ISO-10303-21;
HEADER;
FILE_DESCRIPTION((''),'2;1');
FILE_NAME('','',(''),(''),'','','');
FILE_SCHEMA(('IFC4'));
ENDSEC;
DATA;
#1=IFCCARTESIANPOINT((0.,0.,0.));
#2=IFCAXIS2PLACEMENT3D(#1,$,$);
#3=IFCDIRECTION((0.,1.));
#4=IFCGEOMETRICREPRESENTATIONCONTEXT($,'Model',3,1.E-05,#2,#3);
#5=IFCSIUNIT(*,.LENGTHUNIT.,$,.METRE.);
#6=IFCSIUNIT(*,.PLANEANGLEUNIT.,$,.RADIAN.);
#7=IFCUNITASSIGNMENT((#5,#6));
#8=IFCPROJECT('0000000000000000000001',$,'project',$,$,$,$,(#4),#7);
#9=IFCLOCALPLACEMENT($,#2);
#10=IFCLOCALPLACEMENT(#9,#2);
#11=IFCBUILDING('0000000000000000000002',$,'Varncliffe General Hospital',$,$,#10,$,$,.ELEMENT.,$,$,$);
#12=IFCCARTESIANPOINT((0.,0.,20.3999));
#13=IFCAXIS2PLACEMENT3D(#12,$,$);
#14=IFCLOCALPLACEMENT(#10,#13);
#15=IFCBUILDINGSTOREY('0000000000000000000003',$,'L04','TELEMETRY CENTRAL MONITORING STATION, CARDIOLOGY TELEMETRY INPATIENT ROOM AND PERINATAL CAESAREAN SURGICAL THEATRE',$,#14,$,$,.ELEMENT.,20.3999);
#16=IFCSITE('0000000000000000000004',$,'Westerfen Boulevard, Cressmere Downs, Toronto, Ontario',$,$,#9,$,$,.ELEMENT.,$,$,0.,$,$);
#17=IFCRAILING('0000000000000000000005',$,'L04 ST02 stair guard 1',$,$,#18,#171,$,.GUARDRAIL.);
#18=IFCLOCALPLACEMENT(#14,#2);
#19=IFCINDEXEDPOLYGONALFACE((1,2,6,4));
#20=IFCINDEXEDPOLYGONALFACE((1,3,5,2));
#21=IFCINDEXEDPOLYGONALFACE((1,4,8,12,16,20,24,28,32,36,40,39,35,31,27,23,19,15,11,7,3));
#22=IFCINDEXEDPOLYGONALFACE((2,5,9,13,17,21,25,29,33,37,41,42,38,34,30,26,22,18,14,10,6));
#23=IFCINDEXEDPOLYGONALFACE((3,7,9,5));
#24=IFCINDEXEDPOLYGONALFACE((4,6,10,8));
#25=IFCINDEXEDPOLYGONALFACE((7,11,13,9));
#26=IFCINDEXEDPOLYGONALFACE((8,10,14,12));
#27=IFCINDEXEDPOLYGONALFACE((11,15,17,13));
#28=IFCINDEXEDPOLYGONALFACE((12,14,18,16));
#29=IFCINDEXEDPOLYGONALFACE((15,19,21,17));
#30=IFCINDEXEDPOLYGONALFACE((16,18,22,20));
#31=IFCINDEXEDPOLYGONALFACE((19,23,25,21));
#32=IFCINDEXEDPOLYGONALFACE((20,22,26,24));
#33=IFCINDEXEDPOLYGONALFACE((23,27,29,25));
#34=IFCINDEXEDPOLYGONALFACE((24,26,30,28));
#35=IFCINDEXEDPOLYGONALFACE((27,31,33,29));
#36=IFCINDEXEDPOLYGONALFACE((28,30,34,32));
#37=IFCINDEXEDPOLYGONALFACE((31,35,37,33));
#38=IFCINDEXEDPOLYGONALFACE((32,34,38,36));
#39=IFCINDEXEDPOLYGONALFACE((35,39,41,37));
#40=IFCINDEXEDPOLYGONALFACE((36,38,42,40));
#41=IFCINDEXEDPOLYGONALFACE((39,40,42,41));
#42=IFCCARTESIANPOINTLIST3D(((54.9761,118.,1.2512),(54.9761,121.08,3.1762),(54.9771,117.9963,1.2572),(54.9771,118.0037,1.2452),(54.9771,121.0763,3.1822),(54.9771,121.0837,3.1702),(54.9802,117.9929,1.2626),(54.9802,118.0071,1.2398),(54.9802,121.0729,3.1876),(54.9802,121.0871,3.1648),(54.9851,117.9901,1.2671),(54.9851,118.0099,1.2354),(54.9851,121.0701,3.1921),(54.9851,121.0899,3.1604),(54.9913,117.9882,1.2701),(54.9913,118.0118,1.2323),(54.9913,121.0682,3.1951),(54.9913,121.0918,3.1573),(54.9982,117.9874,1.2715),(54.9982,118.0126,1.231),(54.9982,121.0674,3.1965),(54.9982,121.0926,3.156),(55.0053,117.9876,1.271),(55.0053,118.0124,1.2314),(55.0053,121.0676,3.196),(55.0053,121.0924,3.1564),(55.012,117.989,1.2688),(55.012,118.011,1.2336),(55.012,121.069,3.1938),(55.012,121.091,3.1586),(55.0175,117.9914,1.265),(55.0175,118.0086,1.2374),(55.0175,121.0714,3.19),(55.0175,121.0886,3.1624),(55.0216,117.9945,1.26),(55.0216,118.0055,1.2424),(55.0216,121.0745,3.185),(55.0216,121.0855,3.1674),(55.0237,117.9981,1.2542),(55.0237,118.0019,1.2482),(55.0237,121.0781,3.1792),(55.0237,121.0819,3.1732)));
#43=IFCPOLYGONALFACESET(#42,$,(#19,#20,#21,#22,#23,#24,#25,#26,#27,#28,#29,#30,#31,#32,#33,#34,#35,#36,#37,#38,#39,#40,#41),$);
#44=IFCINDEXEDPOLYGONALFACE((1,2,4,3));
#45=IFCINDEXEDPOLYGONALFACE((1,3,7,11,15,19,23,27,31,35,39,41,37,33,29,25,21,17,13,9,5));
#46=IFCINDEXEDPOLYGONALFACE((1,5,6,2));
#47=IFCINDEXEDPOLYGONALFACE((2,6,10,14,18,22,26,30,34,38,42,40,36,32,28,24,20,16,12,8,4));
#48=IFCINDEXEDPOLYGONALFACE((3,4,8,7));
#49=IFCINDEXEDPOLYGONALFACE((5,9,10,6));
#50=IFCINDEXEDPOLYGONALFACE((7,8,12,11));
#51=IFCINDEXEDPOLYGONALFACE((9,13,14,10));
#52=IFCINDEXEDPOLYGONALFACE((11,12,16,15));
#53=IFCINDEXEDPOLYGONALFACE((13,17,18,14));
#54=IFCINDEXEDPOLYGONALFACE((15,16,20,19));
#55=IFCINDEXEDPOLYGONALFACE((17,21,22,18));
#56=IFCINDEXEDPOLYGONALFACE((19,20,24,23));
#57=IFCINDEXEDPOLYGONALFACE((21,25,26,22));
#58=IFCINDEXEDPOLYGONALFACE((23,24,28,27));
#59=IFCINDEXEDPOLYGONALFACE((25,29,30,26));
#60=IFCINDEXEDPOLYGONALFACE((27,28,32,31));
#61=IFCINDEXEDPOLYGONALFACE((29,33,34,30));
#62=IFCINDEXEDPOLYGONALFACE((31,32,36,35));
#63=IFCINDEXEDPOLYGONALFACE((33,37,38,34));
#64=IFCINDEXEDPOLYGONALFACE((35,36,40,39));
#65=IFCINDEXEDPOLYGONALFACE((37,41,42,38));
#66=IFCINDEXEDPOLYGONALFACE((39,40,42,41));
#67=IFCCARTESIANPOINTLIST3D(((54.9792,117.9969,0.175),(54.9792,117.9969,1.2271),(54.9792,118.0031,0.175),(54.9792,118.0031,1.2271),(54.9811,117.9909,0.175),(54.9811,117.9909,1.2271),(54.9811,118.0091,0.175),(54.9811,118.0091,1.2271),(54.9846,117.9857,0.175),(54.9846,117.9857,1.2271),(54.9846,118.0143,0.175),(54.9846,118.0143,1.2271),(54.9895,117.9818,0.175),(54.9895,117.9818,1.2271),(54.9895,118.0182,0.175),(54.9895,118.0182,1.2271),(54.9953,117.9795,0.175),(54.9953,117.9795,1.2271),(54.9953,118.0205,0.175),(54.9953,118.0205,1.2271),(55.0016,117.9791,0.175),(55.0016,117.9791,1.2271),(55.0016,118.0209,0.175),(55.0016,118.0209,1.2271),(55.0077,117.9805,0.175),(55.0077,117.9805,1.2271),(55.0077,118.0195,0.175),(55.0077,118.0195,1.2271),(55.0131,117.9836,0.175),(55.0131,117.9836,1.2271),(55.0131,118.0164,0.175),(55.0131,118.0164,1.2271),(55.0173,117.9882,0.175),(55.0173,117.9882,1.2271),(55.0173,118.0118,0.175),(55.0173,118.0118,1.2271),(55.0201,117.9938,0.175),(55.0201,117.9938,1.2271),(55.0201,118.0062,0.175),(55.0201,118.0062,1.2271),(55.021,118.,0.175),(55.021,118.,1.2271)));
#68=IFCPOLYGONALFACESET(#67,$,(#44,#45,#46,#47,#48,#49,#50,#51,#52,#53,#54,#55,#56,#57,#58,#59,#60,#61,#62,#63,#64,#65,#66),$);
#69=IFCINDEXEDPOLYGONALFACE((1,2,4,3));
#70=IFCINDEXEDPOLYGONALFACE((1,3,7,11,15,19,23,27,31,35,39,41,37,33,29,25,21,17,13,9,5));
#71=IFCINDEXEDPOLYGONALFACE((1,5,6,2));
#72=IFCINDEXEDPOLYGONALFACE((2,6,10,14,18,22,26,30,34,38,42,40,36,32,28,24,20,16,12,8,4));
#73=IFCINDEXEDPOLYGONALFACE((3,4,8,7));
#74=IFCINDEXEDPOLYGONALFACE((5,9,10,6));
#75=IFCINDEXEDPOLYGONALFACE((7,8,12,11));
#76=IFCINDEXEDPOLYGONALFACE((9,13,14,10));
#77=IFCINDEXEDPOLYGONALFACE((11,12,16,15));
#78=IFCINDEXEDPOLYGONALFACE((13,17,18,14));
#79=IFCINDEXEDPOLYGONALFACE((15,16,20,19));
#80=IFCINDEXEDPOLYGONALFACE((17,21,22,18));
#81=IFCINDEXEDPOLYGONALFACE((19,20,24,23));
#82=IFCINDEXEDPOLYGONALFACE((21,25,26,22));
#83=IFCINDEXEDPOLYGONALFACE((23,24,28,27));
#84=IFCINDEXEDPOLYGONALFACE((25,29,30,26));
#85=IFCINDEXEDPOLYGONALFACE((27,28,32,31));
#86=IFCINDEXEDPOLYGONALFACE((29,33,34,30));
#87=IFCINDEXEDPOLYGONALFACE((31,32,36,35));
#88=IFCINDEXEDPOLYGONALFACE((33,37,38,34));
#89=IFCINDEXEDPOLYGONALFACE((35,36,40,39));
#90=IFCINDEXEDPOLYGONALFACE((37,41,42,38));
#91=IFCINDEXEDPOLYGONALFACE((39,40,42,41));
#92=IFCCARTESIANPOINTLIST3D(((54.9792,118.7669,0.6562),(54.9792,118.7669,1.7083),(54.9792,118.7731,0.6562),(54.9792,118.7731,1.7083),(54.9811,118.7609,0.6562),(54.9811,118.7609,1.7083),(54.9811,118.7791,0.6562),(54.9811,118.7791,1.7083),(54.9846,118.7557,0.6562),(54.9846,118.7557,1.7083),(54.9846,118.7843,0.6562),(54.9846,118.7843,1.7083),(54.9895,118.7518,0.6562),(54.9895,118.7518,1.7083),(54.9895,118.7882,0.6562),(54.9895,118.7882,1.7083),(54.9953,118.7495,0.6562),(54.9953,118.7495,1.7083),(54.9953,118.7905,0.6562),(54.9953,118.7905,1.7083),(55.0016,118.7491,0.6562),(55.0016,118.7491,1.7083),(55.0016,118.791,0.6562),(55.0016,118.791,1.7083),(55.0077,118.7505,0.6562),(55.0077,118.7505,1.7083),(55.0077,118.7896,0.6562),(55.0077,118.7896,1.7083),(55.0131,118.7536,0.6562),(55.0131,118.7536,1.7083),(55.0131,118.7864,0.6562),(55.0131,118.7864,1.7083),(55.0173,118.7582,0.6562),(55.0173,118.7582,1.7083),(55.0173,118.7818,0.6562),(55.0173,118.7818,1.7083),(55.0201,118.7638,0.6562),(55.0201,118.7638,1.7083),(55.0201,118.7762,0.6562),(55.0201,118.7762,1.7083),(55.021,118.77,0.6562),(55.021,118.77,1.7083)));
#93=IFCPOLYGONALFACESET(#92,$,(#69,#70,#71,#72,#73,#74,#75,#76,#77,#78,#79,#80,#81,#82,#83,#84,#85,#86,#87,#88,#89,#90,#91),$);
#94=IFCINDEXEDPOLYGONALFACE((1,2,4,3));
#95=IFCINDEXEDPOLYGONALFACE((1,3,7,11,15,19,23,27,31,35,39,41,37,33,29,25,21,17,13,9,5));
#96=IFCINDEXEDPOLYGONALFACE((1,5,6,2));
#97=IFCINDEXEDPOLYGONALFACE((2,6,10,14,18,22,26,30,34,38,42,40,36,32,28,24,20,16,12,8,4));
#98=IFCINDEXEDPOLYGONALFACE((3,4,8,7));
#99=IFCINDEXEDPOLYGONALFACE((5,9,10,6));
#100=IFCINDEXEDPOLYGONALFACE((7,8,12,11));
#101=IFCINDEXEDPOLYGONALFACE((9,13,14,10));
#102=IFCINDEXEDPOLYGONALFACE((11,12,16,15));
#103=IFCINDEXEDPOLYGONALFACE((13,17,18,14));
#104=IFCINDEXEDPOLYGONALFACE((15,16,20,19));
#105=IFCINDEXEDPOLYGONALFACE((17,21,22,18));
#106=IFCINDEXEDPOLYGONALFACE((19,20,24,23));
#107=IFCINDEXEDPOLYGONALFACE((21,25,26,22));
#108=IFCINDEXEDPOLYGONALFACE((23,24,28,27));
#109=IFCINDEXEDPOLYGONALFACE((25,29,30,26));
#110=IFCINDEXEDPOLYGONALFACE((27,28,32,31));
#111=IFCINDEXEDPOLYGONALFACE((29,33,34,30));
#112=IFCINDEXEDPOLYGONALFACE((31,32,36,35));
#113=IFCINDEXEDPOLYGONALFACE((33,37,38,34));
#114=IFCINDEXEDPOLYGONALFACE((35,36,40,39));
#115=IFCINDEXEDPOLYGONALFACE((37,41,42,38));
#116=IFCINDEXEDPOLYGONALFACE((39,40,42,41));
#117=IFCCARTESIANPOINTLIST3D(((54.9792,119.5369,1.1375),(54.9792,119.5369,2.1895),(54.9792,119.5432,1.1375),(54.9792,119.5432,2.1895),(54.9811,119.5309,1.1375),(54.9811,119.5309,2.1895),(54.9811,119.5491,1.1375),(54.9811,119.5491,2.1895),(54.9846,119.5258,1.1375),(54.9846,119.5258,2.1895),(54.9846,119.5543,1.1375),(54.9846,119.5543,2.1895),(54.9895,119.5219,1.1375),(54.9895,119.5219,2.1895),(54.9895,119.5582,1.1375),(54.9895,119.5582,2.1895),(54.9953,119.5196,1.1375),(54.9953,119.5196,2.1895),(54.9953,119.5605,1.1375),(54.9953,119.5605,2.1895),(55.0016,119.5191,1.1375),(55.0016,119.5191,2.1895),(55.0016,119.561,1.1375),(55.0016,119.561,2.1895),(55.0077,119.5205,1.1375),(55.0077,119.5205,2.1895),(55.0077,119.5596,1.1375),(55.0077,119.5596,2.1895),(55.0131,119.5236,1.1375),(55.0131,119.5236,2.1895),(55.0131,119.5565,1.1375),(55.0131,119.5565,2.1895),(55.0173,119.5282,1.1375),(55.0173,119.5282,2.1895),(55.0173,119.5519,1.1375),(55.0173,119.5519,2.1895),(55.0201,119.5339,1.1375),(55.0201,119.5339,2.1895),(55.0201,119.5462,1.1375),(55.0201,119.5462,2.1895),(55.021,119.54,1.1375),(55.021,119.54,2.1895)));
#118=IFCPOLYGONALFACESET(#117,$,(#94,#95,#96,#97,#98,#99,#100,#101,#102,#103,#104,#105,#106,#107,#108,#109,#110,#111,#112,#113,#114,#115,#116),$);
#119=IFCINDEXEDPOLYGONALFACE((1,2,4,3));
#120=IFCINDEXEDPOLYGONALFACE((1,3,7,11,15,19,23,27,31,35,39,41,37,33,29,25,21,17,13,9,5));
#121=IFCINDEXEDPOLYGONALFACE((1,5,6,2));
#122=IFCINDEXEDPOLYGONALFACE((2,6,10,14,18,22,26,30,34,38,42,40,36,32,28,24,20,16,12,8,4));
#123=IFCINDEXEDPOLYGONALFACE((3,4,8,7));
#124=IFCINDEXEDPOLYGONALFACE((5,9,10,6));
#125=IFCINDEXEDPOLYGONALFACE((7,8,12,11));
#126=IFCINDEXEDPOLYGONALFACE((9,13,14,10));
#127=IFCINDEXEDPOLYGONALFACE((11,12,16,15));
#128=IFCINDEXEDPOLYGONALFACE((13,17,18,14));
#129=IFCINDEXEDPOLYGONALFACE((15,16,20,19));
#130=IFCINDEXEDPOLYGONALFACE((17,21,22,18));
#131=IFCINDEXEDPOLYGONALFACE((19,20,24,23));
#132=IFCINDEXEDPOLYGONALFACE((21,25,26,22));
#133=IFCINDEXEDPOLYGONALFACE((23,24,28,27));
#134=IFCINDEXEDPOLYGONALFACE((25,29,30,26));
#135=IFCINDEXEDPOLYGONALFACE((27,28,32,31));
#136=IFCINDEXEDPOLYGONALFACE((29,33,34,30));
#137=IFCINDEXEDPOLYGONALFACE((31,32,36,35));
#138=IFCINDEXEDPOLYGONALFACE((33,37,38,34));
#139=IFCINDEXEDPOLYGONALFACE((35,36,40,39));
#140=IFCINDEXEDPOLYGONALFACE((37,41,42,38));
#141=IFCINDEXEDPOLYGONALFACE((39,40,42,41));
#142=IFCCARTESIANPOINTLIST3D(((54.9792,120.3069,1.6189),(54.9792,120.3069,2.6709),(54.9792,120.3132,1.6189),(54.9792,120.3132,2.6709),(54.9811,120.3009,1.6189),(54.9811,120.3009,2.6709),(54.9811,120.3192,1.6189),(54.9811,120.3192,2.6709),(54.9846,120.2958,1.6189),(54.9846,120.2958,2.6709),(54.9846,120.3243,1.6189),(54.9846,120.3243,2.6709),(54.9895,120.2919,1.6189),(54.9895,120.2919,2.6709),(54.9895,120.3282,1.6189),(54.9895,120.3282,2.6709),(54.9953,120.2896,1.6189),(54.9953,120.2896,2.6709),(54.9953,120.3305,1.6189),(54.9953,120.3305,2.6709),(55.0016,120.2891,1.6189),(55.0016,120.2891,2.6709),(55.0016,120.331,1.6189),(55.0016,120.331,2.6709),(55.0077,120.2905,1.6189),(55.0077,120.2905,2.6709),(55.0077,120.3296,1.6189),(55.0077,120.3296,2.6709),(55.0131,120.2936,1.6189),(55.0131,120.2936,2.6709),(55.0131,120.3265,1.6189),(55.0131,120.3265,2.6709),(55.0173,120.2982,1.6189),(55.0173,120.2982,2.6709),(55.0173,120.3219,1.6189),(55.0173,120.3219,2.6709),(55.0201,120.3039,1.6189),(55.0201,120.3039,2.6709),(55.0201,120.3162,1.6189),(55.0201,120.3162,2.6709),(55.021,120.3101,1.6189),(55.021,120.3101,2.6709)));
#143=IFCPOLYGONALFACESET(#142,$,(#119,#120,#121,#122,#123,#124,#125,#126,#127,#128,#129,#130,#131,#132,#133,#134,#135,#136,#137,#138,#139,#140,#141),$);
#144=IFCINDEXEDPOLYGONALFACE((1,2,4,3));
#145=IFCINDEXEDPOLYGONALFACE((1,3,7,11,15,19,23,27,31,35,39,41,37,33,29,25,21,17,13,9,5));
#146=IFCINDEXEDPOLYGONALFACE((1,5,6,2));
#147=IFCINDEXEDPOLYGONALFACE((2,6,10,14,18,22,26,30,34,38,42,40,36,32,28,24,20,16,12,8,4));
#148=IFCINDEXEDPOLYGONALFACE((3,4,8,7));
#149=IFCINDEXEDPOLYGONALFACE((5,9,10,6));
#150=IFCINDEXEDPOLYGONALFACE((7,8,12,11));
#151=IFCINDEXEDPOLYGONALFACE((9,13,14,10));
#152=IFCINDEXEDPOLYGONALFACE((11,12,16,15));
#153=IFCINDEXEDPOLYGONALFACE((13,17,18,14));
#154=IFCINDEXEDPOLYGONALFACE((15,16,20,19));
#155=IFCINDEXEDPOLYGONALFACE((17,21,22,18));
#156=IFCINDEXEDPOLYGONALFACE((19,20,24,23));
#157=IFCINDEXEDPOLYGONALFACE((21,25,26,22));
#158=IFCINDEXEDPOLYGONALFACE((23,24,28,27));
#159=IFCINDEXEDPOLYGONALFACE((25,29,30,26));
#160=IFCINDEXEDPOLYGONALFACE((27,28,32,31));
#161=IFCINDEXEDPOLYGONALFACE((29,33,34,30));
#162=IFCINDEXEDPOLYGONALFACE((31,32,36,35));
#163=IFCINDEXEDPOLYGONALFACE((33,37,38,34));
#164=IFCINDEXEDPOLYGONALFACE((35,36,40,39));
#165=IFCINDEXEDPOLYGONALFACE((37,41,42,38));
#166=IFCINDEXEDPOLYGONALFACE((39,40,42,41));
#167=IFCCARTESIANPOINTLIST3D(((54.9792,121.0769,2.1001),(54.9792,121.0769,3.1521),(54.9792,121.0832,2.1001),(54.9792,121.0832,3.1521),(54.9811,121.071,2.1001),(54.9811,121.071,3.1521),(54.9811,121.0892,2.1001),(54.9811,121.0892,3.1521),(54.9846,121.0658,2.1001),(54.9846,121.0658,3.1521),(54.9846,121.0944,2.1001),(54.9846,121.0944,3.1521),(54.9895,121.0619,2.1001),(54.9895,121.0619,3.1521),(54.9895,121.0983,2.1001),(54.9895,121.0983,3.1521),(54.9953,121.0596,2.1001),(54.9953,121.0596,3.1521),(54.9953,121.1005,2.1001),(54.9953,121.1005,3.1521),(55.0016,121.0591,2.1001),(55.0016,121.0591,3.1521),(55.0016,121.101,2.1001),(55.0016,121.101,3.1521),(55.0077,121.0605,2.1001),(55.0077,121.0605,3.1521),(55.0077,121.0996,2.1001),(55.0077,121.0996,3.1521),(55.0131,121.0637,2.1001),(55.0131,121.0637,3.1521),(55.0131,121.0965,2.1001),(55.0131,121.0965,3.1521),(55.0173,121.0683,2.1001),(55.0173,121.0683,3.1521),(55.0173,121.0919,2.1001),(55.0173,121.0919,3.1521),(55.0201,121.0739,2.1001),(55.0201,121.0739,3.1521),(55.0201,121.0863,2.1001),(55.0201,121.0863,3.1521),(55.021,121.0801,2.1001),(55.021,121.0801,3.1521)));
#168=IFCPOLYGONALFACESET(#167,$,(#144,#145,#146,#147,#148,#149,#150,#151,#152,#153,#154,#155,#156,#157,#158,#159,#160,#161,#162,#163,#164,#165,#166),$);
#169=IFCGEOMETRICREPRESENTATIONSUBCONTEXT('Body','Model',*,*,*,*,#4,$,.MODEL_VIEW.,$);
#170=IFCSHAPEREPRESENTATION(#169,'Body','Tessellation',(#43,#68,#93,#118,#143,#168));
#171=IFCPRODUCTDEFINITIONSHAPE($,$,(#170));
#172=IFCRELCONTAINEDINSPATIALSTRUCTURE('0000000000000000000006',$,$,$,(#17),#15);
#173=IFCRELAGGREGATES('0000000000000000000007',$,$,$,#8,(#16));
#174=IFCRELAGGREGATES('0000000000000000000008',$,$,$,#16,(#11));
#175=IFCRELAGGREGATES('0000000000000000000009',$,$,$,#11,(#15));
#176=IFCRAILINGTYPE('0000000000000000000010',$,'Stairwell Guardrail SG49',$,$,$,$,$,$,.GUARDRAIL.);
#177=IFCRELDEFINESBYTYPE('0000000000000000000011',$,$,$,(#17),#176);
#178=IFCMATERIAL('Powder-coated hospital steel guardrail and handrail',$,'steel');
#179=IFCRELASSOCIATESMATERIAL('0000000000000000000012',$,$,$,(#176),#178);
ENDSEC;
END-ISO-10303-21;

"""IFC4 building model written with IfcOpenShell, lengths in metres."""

from ifc_helpers import new_model, si_unit, direction, frame, origin, origin_2d, place, context, subcontext, project, spatial, circle, extrude, material, type_object, element, save


model = new_model("IFC4")

# Units and contexts
model_context = context("Model", 3, precision=1e-05, world=origin(), true_north=direction((0.0, 1.0)))
body_context = subcontext(model_context, "Body", "Model", "MODEL_VIEW")
ifc_project = project(units=[si_unit("LENGTHUNIT", "METRE"), si_unit("PLANEANGLEUNIT", "RADIAN")], contexts=[model_context])

# Site, building, storey
site_placement = place(None, origin())
site = spatial("IfcSite", under=ifc_project, at=site_placement, Name="Westerfen Boulevard, Cressmere Downs, Toronto, Ontario", CompositionType="ELEMENT", RefElevation=0.0)
building_placement = place(site_placement, origin())
building = spatial("IfcBuilding", under=site, at=building_placement, Name="Varncliffe General Hospital", CompositionType="ELEMENT")
storey_placement = place(building_placement, frame((0.0, 0.0, 20.3999)))
storey = spatial("IfcBuildingStorey", under=building, at=storey_placement, Name="L04", Description="TELEMETRY CENTRAL MONITORING STATION, CARDIOLOGY TELEMETRY INPATIENT ROOM AND PERINATAL CAESAREAN SURGICAL THEATRE", CompositionType="ELEMENT", Elevation=20.3999)

# Railing
ifc_material_1 = material(Name="Powder-coated hospital steel guardrail and handrail", Category="steel")
railing_type_1 = type_object("IfcRailingType", Name="Stairwell Guardrail SG49", PredefinedType="GUARDRAIL", material=ifc_material_1)
railing_1_placement = place(storey_placement, frame((55.0, 118.0, 0.175)))
element("IfcRailing", 1, at=railing_1_placement, inside=storey, type_object=railing_type_1, Name="L04 ST02 stair guard 1", PredefinedType="GUARDRAIL", context=body_context, shape_type="SweptSolid", body=[
    extrude(circle(Radius=0.0239, at=origin_2d()), frame((0.0, 0.0, 1.0762), z_axis=(0.0, 0.847998, 0.529999), x_axis=(-1.0, 0.0, 0.0)), (0.0, 0.0, 1.0), 3.6321),
    extrude(circle(Radius=0.021, at=origin_2d()), origin(), (0.0, 0.0, 1.0), 1.052),
    extrude(circle(Radius=0.021, at=origin_2d()), frame((0.0, 0.77, 0.4812)), (0.0, 0.0, 1.0), 1.052),
    extrude(circle(Radius=0.021, at=origin_2d()), frame((0.0, 1.54, 0.9624)), (0.0, 0.0, 1.0), 1.052),
    extrude(circle(Radius=0.021, at=origin_2d()), frame((0.0, 2.3101, 1.4438)), (0.0, 0.0, 1.0), 1.052),
    extrude(circle(Radius=0.021, at=origin_2d()), frame((0.0, 3.0801, 1.925)), (0.0, 0.0, 1.0), 1.052),
])

save(model, "model.ifc")
